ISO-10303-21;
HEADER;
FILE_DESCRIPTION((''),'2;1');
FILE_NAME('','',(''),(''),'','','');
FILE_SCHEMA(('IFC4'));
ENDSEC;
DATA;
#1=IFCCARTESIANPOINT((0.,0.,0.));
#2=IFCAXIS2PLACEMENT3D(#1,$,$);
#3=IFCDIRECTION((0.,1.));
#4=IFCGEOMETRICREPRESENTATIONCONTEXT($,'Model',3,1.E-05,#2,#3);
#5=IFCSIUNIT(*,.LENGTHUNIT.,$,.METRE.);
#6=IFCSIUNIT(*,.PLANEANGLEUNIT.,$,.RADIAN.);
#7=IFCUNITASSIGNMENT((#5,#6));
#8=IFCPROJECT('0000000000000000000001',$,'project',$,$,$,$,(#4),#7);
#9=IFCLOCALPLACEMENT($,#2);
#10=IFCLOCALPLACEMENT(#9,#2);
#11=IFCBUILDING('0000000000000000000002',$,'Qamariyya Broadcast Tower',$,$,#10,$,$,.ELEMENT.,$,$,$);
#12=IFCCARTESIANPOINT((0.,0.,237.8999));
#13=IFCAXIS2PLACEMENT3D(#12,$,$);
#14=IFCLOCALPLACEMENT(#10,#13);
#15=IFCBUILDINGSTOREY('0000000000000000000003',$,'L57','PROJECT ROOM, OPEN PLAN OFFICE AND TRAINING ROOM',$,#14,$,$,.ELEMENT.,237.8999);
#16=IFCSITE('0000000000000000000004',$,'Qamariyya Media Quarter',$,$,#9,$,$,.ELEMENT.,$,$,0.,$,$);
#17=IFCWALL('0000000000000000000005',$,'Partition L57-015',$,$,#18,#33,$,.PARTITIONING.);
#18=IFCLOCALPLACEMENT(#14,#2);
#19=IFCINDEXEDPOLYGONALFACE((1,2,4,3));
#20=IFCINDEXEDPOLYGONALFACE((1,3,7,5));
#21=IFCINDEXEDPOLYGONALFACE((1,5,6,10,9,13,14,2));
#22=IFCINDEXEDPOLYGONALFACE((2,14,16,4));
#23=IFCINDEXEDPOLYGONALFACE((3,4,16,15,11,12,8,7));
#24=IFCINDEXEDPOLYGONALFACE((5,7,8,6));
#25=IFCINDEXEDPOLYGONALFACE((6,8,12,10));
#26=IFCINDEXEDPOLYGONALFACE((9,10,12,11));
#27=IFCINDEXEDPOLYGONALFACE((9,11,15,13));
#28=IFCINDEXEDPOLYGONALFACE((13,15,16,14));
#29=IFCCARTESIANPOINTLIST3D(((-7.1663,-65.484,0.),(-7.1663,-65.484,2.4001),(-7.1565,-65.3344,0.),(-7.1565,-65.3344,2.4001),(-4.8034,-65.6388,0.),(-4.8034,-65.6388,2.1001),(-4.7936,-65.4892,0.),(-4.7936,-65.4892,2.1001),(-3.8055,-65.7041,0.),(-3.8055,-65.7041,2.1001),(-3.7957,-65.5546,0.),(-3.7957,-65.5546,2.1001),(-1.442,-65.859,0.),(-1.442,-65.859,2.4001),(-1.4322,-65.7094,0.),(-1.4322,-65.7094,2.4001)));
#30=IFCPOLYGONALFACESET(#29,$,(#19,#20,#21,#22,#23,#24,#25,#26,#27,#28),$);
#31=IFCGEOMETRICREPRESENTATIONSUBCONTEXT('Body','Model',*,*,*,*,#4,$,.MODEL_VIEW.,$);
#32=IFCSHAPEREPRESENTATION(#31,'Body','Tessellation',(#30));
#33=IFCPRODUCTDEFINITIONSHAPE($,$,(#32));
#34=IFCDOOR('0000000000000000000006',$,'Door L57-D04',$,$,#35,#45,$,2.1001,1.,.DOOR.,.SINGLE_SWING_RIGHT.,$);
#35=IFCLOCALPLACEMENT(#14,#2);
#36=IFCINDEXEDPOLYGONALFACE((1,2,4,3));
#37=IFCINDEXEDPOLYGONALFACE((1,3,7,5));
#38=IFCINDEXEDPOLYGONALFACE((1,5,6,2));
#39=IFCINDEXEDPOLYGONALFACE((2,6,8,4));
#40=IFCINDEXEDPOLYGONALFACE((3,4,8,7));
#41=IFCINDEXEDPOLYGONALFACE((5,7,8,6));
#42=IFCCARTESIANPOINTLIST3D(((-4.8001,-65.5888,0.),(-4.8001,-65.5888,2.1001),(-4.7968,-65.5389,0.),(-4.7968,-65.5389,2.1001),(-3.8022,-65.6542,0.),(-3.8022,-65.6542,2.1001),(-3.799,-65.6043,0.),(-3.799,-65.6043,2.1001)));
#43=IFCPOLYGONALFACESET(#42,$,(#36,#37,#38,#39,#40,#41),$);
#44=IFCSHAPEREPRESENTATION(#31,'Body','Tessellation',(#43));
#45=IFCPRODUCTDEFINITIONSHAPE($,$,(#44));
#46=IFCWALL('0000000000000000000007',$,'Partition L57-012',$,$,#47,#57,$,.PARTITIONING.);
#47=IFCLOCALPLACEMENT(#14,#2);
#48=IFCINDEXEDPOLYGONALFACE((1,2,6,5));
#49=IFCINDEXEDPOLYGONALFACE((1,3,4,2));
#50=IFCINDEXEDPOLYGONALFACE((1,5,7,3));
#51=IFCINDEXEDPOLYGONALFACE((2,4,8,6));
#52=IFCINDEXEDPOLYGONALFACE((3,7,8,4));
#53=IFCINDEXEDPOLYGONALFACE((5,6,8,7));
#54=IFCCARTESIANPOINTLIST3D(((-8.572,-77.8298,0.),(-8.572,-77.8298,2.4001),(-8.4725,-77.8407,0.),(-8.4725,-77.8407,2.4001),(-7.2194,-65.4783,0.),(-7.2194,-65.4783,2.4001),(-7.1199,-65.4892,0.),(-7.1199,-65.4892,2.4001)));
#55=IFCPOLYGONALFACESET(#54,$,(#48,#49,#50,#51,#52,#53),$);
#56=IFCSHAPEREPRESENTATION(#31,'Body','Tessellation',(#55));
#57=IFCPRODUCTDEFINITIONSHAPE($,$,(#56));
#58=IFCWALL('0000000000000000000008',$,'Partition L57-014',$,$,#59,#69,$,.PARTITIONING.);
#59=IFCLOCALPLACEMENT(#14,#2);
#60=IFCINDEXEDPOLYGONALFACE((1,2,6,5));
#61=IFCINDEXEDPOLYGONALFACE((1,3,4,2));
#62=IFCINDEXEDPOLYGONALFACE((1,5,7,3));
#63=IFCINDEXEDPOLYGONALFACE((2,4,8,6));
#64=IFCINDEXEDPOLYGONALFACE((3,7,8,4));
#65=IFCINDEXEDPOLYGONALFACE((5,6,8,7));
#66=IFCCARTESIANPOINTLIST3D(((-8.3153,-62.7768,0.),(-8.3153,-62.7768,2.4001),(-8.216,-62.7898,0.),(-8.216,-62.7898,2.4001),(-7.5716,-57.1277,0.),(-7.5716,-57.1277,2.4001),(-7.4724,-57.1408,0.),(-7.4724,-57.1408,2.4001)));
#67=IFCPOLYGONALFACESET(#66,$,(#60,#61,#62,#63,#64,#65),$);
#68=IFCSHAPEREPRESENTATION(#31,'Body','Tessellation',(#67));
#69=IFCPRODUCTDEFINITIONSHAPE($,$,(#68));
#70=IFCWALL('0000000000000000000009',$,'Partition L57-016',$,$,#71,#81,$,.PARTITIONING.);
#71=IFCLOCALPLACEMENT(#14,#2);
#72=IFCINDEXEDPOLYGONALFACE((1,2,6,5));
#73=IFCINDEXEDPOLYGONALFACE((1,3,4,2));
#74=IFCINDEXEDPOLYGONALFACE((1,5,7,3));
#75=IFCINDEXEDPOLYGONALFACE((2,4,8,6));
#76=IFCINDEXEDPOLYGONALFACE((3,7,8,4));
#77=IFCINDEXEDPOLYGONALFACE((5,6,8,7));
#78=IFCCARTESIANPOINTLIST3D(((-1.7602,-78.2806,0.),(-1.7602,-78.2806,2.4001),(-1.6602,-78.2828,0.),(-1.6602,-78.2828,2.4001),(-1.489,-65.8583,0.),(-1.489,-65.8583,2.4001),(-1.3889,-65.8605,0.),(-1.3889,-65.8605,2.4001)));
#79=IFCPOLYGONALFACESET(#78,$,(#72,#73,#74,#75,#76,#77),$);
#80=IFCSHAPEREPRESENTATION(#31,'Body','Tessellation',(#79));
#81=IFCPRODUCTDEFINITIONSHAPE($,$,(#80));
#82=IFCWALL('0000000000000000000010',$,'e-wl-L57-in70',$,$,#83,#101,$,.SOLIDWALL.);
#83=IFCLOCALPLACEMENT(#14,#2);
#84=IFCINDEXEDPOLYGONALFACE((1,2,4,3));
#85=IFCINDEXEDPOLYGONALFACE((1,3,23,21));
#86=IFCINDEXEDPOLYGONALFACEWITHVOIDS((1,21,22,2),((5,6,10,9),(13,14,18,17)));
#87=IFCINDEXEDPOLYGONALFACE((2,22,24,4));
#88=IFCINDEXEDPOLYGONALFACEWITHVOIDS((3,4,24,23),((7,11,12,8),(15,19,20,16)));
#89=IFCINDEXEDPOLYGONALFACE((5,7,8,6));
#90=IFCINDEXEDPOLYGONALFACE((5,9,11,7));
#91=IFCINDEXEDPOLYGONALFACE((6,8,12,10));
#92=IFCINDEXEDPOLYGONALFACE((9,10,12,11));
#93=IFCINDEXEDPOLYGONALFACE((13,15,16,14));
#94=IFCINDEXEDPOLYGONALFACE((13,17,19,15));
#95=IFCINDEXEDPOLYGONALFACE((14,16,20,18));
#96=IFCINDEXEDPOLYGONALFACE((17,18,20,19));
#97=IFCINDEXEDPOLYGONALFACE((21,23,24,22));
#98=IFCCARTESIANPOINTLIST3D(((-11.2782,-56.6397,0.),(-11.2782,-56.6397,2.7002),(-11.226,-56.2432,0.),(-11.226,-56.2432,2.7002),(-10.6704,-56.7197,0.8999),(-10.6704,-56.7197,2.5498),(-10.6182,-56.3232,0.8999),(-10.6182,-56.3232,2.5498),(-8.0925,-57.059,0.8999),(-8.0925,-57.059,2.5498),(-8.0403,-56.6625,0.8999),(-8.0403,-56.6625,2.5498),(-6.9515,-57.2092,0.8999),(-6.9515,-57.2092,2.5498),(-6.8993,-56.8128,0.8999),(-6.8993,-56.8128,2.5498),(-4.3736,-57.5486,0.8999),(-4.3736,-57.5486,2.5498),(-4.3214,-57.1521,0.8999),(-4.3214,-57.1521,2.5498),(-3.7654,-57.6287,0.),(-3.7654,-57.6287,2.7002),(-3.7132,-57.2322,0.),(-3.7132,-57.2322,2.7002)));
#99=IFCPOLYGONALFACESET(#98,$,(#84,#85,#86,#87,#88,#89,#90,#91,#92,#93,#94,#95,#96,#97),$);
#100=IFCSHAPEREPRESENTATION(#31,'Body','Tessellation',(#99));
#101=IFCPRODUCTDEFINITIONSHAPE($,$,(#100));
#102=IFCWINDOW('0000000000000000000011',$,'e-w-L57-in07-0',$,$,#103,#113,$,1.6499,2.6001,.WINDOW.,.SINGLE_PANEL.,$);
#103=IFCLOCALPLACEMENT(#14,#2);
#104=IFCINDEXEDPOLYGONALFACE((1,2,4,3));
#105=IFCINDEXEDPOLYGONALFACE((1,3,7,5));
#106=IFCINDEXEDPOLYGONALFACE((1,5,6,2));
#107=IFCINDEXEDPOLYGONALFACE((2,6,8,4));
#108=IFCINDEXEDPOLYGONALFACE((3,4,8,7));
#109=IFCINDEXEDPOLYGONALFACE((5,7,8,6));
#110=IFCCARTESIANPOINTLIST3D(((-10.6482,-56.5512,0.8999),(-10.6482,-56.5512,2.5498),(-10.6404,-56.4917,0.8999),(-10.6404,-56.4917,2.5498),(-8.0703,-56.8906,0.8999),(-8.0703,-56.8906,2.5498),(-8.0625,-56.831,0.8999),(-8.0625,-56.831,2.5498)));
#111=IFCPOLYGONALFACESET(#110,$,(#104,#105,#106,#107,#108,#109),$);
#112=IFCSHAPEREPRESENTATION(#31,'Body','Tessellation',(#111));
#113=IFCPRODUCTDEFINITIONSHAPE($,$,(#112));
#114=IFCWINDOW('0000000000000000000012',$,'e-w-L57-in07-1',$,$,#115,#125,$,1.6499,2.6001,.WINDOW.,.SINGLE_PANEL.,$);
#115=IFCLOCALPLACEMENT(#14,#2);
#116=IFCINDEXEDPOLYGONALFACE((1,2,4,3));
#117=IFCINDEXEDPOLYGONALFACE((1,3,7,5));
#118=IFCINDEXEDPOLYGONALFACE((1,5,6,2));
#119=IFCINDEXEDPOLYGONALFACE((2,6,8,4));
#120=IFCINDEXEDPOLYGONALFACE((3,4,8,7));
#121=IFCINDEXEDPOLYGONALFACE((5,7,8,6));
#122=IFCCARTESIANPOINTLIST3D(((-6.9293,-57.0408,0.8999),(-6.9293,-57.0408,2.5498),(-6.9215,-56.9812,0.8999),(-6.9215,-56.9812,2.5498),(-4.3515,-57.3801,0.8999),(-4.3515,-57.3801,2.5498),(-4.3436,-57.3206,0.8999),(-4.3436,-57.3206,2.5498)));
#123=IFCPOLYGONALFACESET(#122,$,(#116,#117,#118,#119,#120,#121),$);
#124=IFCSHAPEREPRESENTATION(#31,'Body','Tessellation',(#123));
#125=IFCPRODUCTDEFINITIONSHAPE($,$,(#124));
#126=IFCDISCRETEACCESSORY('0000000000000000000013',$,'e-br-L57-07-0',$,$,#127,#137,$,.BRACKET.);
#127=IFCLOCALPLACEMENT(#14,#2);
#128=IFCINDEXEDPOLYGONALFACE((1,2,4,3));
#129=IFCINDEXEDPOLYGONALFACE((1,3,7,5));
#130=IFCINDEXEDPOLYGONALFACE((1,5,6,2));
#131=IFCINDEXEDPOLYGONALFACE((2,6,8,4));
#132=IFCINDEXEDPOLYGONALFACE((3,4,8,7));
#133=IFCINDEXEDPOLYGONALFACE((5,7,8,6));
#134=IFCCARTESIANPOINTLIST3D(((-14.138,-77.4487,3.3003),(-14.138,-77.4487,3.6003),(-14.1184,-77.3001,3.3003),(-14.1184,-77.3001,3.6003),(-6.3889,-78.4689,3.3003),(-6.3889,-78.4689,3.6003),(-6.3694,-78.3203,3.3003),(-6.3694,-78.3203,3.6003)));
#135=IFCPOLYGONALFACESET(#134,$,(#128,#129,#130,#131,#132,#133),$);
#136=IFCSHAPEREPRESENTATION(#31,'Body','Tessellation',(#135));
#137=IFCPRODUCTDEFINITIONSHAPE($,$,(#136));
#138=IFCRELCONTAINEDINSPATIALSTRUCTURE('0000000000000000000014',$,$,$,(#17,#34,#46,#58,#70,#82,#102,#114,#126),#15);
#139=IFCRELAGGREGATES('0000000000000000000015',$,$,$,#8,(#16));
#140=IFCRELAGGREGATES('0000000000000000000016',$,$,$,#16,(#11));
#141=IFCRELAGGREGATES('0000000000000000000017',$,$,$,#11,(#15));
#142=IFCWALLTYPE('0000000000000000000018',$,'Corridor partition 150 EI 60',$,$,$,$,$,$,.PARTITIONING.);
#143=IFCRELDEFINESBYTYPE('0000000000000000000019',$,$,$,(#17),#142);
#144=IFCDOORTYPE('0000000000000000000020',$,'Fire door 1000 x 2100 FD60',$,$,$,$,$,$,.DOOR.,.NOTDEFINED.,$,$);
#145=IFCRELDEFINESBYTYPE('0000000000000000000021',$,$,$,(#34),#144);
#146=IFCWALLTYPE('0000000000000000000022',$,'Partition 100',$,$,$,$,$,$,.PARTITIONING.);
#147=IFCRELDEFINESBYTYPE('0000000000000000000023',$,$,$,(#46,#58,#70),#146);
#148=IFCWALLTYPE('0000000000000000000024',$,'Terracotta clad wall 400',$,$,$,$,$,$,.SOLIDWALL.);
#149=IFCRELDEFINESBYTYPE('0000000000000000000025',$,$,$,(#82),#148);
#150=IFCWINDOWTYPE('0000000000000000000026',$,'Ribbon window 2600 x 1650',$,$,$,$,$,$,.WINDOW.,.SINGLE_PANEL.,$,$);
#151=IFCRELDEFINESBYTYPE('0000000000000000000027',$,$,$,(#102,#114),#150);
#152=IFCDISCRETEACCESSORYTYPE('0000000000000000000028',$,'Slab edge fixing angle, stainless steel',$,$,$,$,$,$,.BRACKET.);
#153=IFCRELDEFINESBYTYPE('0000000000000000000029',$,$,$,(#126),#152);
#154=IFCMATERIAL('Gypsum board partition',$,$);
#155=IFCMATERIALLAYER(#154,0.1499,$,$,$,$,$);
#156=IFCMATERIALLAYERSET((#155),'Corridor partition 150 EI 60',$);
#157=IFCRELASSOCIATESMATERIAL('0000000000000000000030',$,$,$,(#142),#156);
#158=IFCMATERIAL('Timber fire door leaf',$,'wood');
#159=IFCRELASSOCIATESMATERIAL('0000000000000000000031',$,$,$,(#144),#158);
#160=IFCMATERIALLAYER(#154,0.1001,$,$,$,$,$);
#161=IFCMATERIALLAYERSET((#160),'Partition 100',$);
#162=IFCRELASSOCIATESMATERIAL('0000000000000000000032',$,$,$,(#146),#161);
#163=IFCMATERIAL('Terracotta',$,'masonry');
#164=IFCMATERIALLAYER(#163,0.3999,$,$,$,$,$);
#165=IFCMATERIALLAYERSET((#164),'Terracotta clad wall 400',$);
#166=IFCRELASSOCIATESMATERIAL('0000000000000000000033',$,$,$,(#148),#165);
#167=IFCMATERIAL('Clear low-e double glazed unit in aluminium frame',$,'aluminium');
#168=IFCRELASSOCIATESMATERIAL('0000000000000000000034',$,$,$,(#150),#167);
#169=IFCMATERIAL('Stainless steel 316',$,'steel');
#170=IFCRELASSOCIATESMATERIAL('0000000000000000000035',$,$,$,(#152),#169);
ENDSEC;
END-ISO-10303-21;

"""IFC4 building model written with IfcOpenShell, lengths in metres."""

from ifc_helpers import new_model, si_unit, direction, frame, frame_2d, origin, origin_2d, place, context, subcontext, project, spatial, rectangle, extrude, material, layer, layer_set, type_object, element, fill, save


model = new_model("IFC4")

# Units and contexts
model_context = context("Model", 3, precision=1e-05, world=origin(), true_north=direction((0.0, 1.0)))
body_context = subcontext(model_context, "Body", "Model", "MODEL_VIEW")
ifc_project = project(units=[si_unit("LENGTHUNIT", "METRE"), si_unit("PLANEANGLEUNIT", "RADIAN")], contexts=[model_context])

# Site, building, storey
site_placement = place(None, origin())
site = spatial("IfcSite", under=ifc_project, at=site_placement, Name="Qamariyya Media Quarter", CompositionType="ELEMENT", RefElevation=0.0)
building_placement = place(site_placement, origin())
building = spatial("IfcBuilding", under=site, at=building_placement, Name="Qamariyya Broadcast Tower", CompositionType="ELEMENT")
storey_placement = place(building_placement, frame((0.0, 0.0, 237.8999)))
storey = spatial("IfcBuildingStorey", under=building, at=storey_placement, Name="L57", Description="PROJECT ROOM, OPEN PLAN OFFICE AND TRAINING ROOM", CompositionType="ELEMENT", Elevation=237.8999)

# Wall, opening, door
ifc_material_1 = material(Name="Gypsum board partition")
ifc_layer_1 = layer(ifc_material_1, 0.1499)
ifc_layer_set_1 = layer_set([ifc_layer_1], Name="Corridor partition 150 EI 60")
wall_type_1 = type_object("IfcWallType", Name="Corridor partition 150 EI 60", PredefinedType="PARTITIONING", material=ifc_layer_set_1)
ifc_material_2 = material(Name="Timber fire door leaf", Category="wood")
door_type_1 = type_object("IfcDoorType", Name="Fire door 1000 x 2100 FD60", OperationType="NOTDEFINED", PredefinedType="DOOR", material=ifc_material_2)
wall_1_placement = place(storey_placement, frame((-1.4373, -65.7842, 0.0), z_axis=(0.0, 0.0, 1.0), x_axis=(-0.997861, 0.065369, 0.0)))
wall_1 = element("IfcWall", 1, at=wall_1_placement, inside=storey, type_object=wall_type_1, Name="Partition L57-015", PredefinedType="PARTITIONING", context=body_context, shape_type="SweptSolid", body=[
    extrude(rectangle(XDim=5.7366, YDim=0.1499, at=frame_2d((2.8682, 0.0))), origin(), (0.0, 0.0, 1.0), 2.4001),
])
opening_1_placement = place(wall_1_placement, frame((2.3684, 0.0, 0.0)))
opening_1 = element("IfcOpeningElement", 2, at=opening_1_placement, cuts=wall_1, PredefinedType="OPENING", context=body_context, shape_type="SweptSolid", body=[
    extrude(rectangle(XDim=1.0, YDim=2.1001, at=frame_2d((0.5, 1.05))), frame((0.0, 0.085, 0.0), z_axis=(0.0, -1.0, 0.0), x_axis=(1.0, 0.0, 0.0)), (0.0, 0.0, 1.0), 0.1699),
])
door_1_placement = place(opening_1_placement, origin())
door_1 = element("IfcDoor", 3, at=door_1_placement, inside=storey, type_object=door_type_1, Name="Door L57-D04", OperationType="SINGLE_SWING_RIGHT", OverallHeight=2.1001, OverallWidth=1.0, PredefinedType="DOOR", context=body_context, shape_type="SweptSolid", body=[
    extrude(rectangle(XDim=1.0, YDim=2.1001, at=frame_2d((0.5, 1.05))), frame((0.0, 0.0249, 0.0), z_axis=(0.0, -1.0, 0.0), x_axis=(1.0, 0.0, 0.0)), (0.0, 0.0, 1.0), 0.05),
])
fill(opening_1, door_1)

# Walls
ifc_layer_2 = layer(ifc_material_1, 0.1001)
ifc_layer_set_2 = layer_set([ifc_layer_2], Name="Partition 100")
wall_type_2 = type_object("IfcWallType", Name="Partition 100", PredefinedType="PARTITIONING", material=ifc_layer_set_2)
wall_2_placement = place(storey_placement, frame((-8.5222, -77.8352, 0.0), z_axis=(0.0, 0.0, 1.0), x_axis=(0.108853, 0.994058, 0.0)))
element("IfcWall", 4, at=wall_2_placement, inside=storey, type_object=wall_type_2, Name="Partition L57-012", PredefinedType="PARTITIONING", context=body_context, shape_type="SweptSolid", body=[
    extrude(rectangle(XDim=12.4253, YDim=0.1001, at=frame_2d((6.2126, 0.0))), origin(), (0.0, 0.0, 1.0), 2.4001),
])
wall_3_placement = place(storey_placement, frame((-7.522, -57.1343, 0.0), z_axis=(0.0, 0.0, 1.0), x_axis=(-0.130519, -0.991446, 0.0)))
element("IfcWall", 5, at=wall_3_placement, inside=storey, type_object=wall_type_2, Name="Partition L57-014", PredefinedType="PARTITIONING", context=body_context, shape_type="SweptSolid", body=[
    extrude(rectangle(XDim=5.6978, YDim=0.1001, at=frame_2d((2.8489, 0.0))), origin(), (0.0, 0.0, 1.0), 2.4001),
])
wall_4_placement = place(storey_placement, frame((-1.7102, -78.2817, 0.0), z_axis=(0.0, 0.0, 1.0), x_axis=(0.02183, 0.999762, 0.0)))
element("IfcWall", 6, at=wall_4_placement, inside=storey, type_object=wall_type_2, Name="Partition L57-016", PredefinedType="PARTITIONING", context=body_context, shape_type="SweptSolid", body=[
    extrude(rectangle(XDim=12.4253, YDim=0.1001, at=frame_2d((6.2126, 0.0))), origin(), (0.0, 0.0, 1.0), 2.4001),
])

# Wall, openings, windows
ifc_material_3 = material(Name="Terracotta", Category="masonry")
ifc_layer_3 = layer(ifc_material_3, 0.3999)
ifc_layer_set_3 = layer_set([ifc_layer_3], Name="Terracotta clad wall 400")
wall_type_3 = type_object("IfcWallType", Name="Terracotta clad wall 400", PredefinedType="SOLIDWALL", material=ifc_layer_set_3)
wall_5_placement = place(storey_placement, frame((-3.7393, -57.4304, 0.0), z_axis=(0.0, 0.0, 1.0), x_axis=(-0.991446, 0.130515, 0.0)))
wall_5 = element("IfcWall", 7, at=wall_5_placement, inside=storey, type_object=wall_type_3, Name="e-wl-L57-in70", PredefinedType="SOLIDWALL", context=body_context, shape_type="SweptSolid", body=[
    extrude(rectangle(XDim=7.5776, YDim=0.3999, at=frame_2d((3.7888, 0.0))), origin(), (0.0, 0.0, 1.0), 2.7002),
])
opening_2_placement = place(wall_5_placement, frame((4.3645, 0.0, 0.8999)))
opening_2 = element("IfcOpeningElement", 8, at=opening_2_placement, cuts=wall_5, PredefinedType="OPENING", context=body_context, shape_type="SweptSolid", body=[
    extrude(rectangle(XDim=2.6001, YDim=1.6499, at=frame_2d((1.3, 0.825))), frame((0.0, 0.21, 0.0), z_axis=(0.0, -1.0, 0.0), x_axis=(1.0, 0.0, 0.0)), (0.0, 0.0, 1.0), 0.4199),
])
opening_3_placement = place(wall_5_placement, frame((0.6135, 0.0, 0.8999)))
opening_3 = element("IfcOpeningElement", 9, at=opening_3_placement, cuts=wall_5, PredefinedType="OPENING", context=body_context, shape_type="SweptSolid", body=[
    extrude(rectangle(XDim=2.6001, YDim=1.6499, at=frame_2d((1.3, 0.825))), frame((0.0, 0.21, 0.0), z_axis=(0.0, -1.0, 0.0), x_axis=(1.0, 0.0, 0.0)), (0.0, 0.0, 1.0), 0.4199),
])
ifc_material_4 = material(Name="Clear low-e double glazed unit in aluminium frame", Category="aluminium")
window_type = type_object("IfcWindowType", Name="Ribbon window 2600 x 1650", PartitioningType="SINGLE_PANEL", PredefinedType="WINDOW", material=ifc_material_4)
window_1_placement = place(opening_2_placement, origin())
window_1 = element("IfcWindow", 10, at=window_1_placement, inside=storey, type_object=window_type, Name="e-w-L57-in07-0", OverallHeight=1.6499, OverallWidth=2.6001, PartitioningType="SINGLE_PANEL", PredefinedType="WINDOW", context=body_context, shape_type="SweptSolid", body=[
    extrude(rectangle(XDim=2.6001, YDim=1.6499, at=frame_2d((1.3, 0.825))), frame((0.0, 0.03, 0.0), z_axis=(0.0, -1.0, 0.0), x_axis=(1.0, 0.0, 0.0)), (0.0, 0.0, 1.0), 0.0601),
])
fill(opening_2, window_1)
window_2_placement = place(opening_3_placement, origin())
window_2 = element("IfcWindow", 11, at=window_2_placement, inside=storey, type_object=window_type, Name="e-w-L57-in07-1", OverallHeight=1.6499, OverallWidth=2.6001, PartitioningType="SINGLE_PANEL", PredefinedType="WINDOW", context=body_context, shape_type="SweptSolid", body=[
    extrude(rectangle(XDim=2.6001, YDim=1.6499, at=frame_2d((1.3, 0.825))), frame((0.0, 0.03, 0.0), z_axis=(0.0, -1.0, 0.0), x_axis=(1.0, 0.0, 0.0)), (0.0, 0.0, 1.0), 0.0601),
])
fill(opening_3, window_2)

# Discrete accessory
ifc_material_5 = material(Name="Stainless steel 316", Category="steel")
discrete_accessory_type = type_object("IfcDiscreteAccessoryType", Name="Slab edge fixing angle, stainless steel", PredefinedType="BRACKET", material=ifc_material_5)
discrete_accessory_placement = place(storey_placement, frame((-10.2537, -77.8845, 3.3003), z_axis=(0.0, 0.0, 1.0), x_axis=(0.991445, -0.130526, 0.0)))
element("IfcDiscreteAccessory", 12, at=discrete_accessory_placement, inside=storey, type_object=discrete_accessory_type, Name="e-br-L57-07-0", PredefinedType="BRACKET", context=body_context, shape_type="SweptSolid", body=[
    extrude(rectangle(XDim=7.8159, YDim=0.1499, at=origin_2d()), origin(), (0.0, 0.0, 1.0), 0.3),
])

save(model, "model.ifc")
